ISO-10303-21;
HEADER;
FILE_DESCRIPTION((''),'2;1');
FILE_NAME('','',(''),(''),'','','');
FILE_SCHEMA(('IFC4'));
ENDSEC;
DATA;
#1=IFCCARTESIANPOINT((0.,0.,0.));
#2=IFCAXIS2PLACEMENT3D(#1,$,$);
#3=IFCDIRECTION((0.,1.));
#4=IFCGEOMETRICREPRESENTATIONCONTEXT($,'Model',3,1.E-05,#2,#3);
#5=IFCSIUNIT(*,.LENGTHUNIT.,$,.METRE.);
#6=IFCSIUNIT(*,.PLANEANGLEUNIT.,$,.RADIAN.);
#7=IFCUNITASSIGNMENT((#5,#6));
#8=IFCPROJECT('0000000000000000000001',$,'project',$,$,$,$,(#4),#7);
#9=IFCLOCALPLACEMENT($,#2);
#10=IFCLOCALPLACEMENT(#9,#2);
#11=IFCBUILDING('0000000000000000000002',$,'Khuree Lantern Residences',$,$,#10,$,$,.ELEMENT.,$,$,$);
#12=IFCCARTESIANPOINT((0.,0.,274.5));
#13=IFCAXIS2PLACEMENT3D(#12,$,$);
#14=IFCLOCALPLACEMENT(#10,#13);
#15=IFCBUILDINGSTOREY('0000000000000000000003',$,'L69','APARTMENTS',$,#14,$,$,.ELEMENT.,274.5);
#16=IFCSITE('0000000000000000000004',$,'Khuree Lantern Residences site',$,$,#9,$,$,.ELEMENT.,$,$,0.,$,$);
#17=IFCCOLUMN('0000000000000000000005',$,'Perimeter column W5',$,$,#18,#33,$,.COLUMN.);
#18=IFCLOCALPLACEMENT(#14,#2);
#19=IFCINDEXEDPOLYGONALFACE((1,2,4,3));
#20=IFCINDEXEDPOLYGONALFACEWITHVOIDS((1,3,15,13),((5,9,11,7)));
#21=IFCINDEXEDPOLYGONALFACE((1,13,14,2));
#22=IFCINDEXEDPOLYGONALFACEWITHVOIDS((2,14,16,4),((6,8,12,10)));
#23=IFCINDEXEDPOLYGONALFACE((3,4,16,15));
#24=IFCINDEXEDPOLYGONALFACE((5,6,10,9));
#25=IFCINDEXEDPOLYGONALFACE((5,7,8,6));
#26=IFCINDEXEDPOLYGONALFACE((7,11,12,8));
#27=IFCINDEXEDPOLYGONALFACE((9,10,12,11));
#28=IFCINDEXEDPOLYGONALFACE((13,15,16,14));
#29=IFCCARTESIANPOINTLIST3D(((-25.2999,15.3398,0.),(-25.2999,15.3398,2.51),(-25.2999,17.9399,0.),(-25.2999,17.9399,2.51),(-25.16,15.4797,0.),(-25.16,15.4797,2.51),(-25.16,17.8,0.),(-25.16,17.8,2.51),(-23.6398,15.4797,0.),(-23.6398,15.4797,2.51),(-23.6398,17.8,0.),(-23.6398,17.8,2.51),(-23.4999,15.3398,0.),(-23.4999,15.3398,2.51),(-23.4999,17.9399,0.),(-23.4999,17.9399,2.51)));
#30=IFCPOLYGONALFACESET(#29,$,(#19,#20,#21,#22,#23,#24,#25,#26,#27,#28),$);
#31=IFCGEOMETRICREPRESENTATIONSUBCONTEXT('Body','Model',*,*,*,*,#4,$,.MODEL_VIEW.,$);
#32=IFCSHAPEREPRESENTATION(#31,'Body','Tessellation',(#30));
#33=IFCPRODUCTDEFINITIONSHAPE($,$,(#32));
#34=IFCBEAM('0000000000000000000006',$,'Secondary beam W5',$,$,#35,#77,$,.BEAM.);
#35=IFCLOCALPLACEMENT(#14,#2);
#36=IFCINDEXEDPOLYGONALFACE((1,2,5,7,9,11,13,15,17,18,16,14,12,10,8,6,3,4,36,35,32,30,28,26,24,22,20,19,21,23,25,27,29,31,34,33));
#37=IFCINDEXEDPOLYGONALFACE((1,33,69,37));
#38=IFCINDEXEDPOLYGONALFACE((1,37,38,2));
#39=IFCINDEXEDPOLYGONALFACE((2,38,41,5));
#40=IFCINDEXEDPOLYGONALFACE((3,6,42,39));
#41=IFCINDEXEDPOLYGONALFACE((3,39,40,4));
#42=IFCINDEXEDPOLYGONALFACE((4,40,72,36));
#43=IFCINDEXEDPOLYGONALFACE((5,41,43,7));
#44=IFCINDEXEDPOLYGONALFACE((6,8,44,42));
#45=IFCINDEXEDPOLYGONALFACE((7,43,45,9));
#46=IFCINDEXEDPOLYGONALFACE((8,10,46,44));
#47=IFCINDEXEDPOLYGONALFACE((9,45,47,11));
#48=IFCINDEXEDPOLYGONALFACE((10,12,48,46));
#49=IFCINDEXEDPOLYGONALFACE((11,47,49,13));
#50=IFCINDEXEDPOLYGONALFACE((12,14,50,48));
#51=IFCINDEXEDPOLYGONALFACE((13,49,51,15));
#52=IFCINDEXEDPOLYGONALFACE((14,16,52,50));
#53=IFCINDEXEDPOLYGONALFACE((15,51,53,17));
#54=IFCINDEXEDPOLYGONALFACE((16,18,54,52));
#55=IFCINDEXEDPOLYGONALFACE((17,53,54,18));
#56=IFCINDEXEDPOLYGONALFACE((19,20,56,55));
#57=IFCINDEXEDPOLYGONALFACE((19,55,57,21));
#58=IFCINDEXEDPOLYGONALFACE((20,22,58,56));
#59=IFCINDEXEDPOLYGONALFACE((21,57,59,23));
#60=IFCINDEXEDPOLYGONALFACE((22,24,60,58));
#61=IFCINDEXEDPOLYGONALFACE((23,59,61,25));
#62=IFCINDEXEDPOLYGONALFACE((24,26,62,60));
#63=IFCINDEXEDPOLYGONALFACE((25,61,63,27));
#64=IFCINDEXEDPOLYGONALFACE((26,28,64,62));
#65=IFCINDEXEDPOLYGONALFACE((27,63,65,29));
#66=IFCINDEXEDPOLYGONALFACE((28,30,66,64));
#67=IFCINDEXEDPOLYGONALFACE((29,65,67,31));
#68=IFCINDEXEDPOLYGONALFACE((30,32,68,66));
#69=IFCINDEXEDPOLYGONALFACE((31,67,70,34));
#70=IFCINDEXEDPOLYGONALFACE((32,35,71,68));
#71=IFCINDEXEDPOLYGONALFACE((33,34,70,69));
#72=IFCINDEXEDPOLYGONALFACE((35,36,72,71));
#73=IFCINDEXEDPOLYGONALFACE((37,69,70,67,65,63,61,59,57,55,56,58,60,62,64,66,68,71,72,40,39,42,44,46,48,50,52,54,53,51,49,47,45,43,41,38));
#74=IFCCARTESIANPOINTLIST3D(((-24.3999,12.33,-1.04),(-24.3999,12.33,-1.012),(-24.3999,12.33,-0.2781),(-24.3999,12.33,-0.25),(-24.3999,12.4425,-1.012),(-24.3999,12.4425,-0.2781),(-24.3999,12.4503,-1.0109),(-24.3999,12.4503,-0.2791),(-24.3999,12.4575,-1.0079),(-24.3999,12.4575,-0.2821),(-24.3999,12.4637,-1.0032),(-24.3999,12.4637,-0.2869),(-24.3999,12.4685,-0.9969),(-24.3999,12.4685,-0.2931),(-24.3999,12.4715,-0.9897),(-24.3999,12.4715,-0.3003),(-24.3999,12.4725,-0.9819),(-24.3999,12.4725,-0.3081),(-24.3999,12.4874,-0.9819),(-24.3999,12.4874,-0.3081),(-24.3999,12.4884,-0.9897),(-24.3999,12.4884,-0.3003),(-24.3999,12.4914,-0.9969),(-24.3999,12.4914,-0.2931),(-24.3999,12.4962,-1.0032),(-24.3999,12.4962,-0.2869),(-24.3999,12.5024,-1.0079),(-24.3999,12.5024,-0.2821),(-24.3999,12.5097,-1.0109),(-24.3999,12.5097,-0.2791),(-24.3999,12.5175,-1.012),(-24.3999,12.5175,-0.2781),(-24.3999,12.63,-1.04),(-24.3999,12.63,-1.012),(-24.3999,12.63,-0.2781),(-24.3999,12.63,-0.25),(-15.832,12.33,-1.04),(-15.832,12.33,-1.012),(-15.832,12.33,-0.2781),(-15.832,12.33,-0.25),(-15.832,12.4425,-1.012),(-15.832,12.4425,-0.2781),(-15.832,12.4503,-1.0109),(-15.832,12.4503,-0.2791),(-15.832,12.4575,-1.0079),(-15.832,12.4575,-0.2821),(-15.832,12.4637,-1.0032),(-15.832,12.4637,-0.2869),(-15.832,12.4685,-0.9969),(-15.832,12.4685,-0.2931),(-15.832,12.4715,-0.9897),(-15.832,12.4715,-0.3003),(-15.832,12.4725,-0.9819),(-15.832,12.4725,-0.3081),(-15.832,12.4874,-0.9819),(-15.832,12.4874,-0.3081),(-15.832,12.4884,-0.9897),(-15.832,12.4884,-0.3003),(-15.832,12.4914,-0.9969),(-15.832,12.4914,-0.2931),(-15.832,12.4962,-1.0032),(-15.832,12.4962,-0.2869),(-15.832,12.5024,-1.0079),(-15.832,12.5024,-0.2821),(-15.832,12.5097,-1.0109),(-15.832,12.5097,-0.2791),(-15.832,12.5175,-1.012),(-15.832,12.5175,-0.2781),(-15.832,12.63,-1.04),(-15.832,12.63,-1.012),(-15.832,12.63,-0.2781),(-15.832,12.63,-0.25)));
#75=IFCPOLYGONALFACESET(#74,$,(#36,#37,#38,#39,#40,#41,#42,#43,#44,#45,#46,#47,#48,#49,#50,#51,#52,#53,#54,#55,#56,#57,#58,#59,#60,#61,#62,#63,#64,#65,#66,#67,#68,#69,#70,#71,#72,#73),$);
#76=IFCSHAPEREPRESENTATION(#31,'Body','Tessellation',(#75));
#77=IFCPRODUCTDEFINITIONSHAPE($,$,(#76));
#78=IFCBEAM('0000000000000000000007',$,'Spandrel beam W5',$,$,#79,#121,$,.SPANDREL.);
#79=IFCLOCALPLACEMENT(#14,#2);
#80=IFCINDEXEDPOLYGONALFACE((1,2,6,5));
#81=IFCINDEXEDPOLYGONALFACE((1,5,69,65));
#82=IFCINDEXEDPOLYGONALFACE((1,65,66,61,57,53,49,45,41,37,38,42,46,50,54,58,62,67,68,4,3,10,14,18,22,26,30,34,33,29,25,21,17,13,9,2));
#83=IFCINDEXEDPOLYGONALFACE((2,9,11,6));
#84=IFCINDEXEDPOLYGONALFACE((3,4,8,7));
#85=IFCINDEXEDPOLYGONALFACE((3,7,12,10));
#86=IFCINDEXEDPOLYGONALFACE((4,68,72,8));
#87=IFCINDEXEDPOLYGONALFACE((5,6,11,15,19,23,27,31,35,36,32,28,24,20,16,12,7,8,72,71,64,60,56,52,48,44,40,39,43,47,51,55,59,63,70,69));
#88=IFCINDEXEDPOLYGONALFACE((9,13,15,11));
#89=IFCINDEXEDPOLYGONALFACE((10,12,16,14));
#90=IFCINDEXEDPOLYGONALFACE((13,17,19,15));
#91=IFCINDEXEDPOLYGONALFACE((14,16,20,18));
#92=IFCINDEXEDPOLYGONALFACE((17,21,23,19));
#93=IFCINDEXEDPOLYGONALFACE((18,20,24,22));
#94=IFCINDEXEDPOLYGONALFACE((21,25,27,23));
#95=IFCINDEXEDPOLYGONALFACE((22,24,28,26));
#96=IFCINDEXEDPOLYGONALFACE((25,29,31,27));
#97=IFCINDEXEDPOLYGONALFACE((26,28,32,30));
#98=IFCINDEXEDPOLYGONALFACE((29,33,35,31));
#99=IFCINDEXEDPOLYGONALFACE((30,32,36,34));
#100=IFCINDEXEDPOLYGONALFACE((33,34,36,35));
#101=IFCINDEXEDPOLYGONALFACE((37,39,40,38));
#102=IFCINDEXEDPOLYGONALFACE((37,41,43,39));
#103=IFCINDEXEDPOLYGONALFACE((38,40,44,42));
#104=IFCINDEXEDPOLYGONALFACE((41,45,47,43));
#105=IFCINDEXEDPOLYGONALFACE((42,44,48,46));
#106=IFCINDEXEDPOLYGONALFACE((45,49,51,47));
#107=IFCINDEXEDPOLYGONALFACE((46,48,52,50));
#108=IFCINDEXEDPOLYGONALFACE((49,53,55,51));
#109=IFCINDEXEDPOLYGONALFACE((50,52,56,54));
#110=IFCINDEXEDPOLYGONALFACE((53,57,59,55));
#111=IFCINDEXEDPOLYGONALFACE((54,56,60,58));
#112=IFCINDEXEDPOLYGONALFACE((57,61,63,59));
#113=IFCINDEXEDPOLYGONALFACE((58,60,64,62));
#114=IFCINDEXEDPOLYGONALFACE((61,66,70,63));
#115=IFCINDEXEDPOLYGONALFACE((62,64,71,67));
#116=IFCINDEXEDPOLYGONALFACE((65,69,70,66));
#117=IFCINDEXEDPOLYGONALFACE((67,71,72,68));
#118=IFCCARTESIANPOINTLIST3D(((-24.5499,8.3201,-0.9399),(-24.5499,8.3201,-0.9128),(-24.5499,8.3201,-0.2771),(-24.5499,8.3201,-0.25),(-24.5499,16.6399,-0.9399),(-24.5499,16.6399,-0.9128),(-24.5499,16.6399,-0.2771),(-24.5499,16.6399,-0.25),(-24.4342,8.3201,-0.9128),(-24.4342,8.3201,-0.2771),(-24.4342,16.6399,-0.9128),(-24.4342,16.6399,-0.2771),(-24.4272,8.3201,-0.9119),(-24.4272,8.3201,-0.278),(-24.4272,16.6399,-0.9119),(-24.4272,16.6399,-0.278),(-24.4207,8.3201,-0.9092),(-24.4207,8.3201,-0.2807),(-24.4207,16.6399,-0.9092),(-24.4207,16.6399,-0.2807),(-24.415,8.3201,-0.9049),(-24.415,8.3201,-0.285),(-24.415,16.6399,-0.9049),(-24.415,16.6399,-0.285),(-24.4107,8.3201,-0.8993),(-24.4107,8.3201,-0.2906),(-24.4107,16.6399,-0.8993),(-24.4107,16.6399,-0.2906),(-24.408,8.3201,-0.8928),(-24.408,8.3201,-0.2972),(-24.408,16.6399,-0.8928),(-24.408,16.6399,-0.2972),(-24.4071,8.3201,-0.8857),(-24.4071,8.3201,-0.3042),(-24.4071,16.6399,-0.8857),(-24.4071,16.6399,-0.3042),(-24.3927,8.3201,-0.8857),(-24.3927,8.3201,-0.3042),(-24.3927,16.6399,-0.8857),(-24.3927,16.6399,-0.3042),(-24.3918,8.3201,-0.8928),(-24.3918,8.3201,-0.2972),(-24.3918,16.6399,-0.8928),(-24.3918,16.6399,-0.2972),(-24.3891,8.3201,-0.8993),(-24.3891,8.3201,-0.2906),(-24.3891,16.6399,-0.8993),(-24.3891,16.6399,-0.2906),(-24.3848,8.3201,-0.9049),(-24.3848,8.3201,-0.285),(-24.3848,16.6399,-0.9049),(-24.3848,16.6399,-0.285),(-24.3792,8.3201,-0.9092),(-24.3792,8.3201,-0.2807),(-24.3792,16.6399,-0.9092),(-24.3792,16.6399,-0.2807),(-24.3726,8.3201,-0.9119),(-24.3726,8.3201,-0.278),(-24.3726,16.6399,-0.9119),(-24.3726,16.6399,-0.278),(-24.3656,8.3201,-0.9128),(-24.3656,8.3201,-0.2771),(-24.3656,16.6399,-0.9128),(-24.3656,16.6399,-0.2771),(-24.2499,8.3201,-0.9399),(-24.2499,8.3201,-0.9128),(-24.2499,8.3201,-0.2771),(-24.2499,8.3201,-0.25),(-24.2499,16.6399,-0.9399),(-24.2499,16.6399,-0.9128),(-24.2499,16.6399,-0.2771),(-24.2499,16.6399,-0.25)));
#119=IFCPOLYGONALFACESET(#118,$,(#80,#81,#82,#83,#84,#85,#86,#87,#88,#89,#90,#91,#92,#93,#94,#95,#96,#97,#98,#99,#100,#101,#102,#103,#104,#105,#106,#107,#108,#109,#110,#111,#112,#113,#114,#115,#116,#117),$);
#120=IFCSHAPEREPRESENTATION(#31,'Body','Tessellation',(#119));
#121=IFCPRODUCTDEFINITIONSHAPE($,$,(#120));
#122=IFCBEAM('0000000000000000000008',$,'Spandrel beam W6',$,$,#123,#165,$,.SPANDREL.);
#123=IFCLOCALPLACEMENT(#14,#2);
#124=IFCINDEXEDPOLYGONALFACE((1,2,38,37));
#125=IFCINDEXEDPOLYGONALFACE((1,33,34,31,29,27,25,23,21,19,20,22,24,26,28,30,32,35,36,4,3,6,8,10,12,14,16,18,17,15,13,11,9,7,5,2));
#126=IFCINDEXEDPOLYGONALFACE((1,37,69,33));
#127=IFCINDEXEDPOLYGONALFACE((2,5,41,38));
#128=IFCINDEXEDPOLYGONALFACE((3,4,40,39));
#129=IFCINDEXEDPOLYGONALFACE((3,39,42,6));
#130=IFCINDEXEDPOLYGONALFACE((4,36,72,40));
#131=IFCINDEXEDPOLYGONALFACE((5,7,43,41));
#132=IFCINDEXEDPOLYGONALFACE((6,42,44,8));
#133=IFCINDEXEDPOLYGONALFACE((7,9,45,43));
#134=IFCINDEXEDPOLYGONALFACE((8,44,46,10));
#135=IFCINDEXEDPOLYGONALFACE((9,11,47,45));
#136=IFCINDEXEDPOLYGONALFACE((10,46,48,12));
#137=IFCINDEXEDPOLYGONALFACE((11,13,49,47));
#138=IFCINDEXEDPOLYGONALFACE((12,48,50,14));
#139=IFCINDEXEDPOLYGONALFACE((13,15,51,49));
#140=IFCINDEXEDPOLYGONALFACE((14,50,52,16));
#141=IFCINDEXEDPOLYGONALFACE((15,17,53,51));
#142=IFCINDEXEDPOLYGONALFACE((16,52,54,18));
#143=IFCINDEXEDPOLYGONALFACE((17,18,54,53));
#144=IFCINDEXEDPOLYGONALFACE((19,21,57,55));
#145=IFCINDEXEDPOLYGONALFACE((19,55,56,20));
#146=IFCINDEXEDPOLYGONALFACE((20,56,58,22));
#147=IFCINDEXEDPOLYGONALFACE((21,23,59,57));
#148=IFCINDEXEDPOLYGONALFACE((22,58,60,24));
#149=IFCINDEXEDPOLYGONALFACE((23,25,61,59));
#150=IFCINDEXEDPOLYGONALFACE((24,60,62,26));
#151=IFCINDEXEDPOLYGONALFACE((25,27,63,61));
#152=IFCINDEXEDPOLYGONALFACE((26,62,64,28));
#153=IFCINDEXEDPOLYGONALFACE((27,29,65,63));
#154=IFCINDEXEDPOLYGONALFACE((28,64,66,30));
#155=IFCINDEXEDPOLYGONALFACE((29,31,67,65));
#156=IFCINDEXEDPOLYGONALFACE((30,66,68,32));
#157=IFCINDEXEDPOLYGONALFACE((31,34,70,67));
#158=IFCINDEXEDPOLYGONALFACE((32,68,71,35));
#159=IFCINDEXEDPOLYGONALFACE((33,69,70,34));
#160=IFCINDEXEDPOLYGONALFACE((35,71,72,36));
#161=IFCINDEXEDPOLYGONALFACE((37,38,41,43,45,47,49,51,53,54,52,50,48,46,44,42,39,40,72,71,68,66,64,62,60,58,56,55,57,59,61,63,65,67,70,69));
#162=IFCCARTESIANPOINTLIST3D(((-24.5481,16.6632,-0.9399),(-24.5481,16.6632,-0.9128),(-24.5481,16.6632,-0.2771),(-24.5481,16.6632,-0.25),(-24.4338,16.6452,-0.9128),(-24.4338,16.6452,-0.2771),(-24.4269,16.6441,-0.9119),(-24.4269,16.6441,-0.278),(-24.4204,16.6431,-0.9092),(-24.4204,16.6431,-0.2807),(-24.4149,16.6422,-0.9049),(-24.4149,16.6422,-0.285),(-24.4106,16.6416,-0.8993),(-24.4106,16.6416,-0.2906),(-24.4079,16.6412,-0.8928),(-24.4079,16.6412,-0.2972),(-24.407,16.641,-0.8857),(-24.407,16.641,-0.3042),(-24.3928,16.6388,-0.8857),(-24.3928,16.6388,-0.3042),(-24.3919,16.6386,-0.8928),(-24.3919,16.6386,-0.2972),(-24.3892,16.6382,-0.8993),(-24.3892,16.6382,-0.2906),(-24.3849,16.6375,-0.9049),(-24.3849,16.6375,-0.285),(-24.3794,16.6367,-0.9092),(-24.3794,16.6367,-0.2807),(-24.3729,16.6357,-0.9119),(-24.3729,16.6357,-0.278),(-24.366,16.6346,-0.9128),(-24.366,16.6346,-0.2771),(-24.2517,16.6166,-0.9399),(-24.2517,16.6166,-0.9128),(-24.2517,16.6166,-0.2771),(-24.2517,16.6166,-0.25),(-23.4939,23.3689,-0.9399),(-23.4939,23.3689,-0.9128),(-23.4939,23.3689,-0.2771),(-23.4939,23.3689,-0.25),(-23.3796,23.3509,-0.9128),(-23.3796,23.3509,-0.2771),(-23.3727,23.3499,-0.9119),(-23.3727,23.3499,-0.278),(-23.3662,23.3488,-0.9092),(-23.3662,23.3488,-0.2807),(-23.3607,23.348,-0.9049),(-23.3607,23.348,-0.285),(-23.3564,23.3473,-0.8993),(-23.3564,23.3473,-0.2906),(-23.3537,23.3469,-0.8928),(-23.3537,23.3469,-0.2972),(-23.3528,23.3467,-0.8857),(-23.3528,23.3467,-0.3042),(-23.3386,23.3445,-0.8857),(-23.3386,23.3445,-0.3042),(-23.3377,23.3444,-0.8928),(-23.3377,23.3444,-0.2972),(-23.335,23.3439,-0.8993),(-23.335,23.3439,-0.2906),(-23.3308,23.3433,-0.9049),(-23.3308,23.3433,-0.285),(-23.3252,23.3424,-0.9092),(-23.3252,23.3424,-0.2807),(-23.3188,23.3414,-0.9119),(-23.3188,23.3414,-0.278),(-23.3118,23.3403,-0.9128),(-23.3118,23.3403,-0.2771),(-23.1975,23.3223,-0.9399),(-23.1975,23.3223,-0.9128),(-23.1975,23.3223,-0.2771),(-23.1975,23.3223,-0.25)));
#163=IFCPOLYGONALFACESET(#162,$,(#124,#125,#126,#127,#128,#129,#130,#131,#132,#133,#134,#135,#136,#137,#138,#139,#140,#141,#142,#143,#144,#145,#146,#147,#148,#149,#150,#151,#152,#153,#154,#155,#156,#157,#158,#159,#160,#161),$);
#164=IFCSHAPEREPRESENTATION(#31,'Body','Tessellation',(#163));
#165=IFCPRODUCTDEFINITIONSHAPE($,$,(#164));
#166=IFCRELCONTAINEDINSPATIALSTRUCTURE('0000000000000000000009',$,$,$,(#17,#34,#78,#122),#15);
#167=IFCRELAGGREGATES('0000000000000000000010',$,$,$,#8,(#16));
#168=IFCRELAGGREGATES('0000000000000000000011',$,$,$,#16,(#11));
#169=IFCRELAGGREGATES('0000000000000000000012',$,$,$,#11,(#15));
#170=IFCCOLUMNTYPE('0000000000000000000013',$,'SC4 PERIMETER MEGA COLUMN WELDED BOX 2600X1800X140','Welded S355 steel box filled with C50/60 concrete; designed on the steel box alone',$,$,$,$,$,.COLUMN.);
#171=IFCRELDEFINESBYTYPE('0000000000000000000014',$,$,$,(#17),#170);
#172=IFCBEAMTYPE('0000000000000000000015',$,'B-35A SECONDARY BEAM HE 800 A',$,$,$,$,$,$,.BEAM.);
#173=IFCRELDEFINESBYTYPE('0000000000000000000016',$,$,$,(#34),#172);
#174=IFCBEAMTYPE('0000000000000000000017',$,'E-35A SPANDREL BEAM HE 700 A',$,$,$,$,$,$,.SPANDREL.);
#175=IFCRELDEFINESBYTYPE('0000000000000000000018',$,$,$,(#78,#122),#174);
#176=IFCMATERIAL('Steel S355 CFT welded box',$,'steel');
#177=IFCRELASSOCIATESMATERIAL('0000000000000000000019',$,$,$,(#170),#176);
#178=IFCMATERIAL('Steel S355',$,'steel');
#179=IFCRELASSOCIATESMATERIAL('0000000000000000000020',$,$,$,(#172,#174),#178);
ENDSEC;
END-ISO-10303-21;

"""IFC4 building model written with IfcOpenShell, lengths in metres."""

from ifc_helpers import new_model, si_unit, direction, frame, origin, origin_2d, place, context, subcontext, project, spatial, hollow_rectangle, i_section, extrude, material, material_profile, profile_set, type_object, element, save


model = new_model("IFC4")

# Units and contexts
model_context = context("Model", 3, precision=1e-05, world=origin(), true_north=direction((0.0, 1.0)))
body_context = subcontext(model_context, "Body", "Model", "MODEL_VIEW")
ifc_project = project(units=[si_unit("LENGTHUNIT", "METRE"), si_unit("PLANEANGLEUNIT", "RADIAN")], contexts=[model_context])

# Site, building, storey
site_placement = place(None, origin())
site = spatial("IfcSite", under=ifc_project, at=site_placement, Name="Khuree Lantern Residences site", CompositionType="ELEMENT", RefElevation=0.0)
building_placement = place(site_placement, origin())
building = spatial("IfcBuilding", under=site, at=building_placement, Name="Khuree Lantern Residences", CompositionType="ELEMENT")
storey_placement = place(building_placement, frame((0.0, 0.0, 274.5)))
storey = spatial("IfcBuildingStorey", under=building, at=storey_placement, Name="L69", Description="APARTMENTS", CompositionType="ELEMENT", Elevation=274.5)

# Column
ifc_material_1 = material(Name="Steel S355 CFT welded box", Category="steel")
ifc_material_profile_1 = material_profile(ifc_material_1, hollow_rectangle(XDim=2.6001, YDim=1.8, WallThickness=0.1399, at=origin_2d()), Name="WELDED BOX 2600X1800X140")
ifc_profile_set_1 = profile_set([ifc_material_profile_1], Name="Steel S355 CFT welded box")
column_type = type_object("IfcColumnType", Name="SC4 PERIMETER MEGA COLUMN WELDED BOX 2600X1800X140", Description="Welded S355 steel box filled with C50/60 concrete; designed on the steel box alone", PredefinedType="COLUMN", material=ifc_profile_set_1)
column_placement = place(storey_placement, frame((-24.3999, 16.6399, 0.0), z_axis=(0.0, 0.0, 1.0), x_axis=(0.0, 1.0, 0.0)))
element("IfcColumn", 1, at=column_placement, inside=storey, type_object=column_type, Name="Perimeter column W5", PredefinedType="COLUMN", context=body_context, shape_type="SweptSolid", body=[
    extrude(hollow_rectangle(XDim=2.6001, YDim=1.8, WallThickness=0.1399, at=origin_2d()), origin(), (0.0, 0.0, 1.0), 2.51),
])

# Beams
ifc_material_2 = material(Name="Steel S355", Category="steel")
ifc_material_profile_2 = material_profile(ifc_material_2, i_section(OverallWidth=0.3, OverallDepth=0.79, WebThickness=0.0149, FlangeThickness=0.0281, FilletRadius=0.03, at=origin_2d()), Name="HE 800 A")
ifc_profile_set_2 = profile_set([ifc_material_profile_2], Name="Steel S355")
beam_type_1 = type_object("IfcBeamType", Name="B-35A SECONDARY BEAM HE 800 A", PredefinedType="BEAM", material=ifc_profile_set_2)
beam_1_placement = place(storey_placement, frame((-24.3999, 12.48, -0.645), z_axis=(1.0, 0.0, 0.0), x_axis=(0.0, 1.0, 0.0)))
element("IfcBeam", 2, at=beam_1_placement, inside=storey, type_object=beam_type_1, Name="Secondary beam W5", PredefinedType="BEAM", context=body_context, shape_type="SweptSolid", body=[
    extrude(i_section(OverallWidth=0.3, OverallDepth=0.79, WebThickness=0.0149, FlangeThickness=0.0281, FilletRadius=0.03, at=origin_2d()), origin(), (0.0, 0.0, 1.0), 8.5679),
])
ifc_material_profile_3 = material_profile(ifc_material_2, i_section(OverallWidth=0.3, OverallDepth=0.6899, WebThickness=0.0144, FlangeThickness=0.0271, FilletRadius=0.0271, at=origin_2d()), Name="HE 700 A")
ifc_profile_set_3 = profile_set([ifc_material_profile_3], Name="Steel S355")
beam_type_2 = type_object("IfcBeamType", Name="E-35A SPANDREL BEAM HE 700 A", PredefinedType="SPANDREL", material=ifc_profile_set_3)
beam_2_placement = place(storey_placement, frame((-24.3999, 8.3201, -0.595), z_axis=(0.0, 1.0, 0.0), x_axis=(-1.0, 0.0, 0.0)))
element("IfcBeam", 3, at=beam_2_placement, inside=storey, type_object=beam_type_2, Name="Spandrel beam W5", PredefinedType="SPANDREL", context=body_context, shape_type="SweptSolid", body=[
    extrude(i_section(OverallWidth=0.3, OverallDepth=0.6899, WebThickness=0.0144, FlangeThickness=0.0271, FilletRadius=0.0271, at=origin_2d()), origin(), (0.0, 0.0, 1.0), 8.3198),
])
beam_3_placement = place(storey_placement, frame((-24.3999, 16.6399, -0.595), z_axis=(0.1553, 0.987867, 0.0), x_axis=(-0.987867, 0.1553, 0.0)))
element("IfcBeam", 4, at=beam_3_placement, inside=storey, type_object=beam_type_2, Name="Spandrel beam W6", PredefinedType="SPANDREL", context=body_context, shape_type="SweptSolid", body=[
    extrude(i_section(OverallWidth=0.3, OverallDepth=0.6899, WebThickness=0.0144, FlangeThickness=0.0271, FilletRadius=0.0271, at=origin_2d()), origin(), (0.0, 0.0, 1.0), 6.7881),
])

save(model, "model.ifc")
